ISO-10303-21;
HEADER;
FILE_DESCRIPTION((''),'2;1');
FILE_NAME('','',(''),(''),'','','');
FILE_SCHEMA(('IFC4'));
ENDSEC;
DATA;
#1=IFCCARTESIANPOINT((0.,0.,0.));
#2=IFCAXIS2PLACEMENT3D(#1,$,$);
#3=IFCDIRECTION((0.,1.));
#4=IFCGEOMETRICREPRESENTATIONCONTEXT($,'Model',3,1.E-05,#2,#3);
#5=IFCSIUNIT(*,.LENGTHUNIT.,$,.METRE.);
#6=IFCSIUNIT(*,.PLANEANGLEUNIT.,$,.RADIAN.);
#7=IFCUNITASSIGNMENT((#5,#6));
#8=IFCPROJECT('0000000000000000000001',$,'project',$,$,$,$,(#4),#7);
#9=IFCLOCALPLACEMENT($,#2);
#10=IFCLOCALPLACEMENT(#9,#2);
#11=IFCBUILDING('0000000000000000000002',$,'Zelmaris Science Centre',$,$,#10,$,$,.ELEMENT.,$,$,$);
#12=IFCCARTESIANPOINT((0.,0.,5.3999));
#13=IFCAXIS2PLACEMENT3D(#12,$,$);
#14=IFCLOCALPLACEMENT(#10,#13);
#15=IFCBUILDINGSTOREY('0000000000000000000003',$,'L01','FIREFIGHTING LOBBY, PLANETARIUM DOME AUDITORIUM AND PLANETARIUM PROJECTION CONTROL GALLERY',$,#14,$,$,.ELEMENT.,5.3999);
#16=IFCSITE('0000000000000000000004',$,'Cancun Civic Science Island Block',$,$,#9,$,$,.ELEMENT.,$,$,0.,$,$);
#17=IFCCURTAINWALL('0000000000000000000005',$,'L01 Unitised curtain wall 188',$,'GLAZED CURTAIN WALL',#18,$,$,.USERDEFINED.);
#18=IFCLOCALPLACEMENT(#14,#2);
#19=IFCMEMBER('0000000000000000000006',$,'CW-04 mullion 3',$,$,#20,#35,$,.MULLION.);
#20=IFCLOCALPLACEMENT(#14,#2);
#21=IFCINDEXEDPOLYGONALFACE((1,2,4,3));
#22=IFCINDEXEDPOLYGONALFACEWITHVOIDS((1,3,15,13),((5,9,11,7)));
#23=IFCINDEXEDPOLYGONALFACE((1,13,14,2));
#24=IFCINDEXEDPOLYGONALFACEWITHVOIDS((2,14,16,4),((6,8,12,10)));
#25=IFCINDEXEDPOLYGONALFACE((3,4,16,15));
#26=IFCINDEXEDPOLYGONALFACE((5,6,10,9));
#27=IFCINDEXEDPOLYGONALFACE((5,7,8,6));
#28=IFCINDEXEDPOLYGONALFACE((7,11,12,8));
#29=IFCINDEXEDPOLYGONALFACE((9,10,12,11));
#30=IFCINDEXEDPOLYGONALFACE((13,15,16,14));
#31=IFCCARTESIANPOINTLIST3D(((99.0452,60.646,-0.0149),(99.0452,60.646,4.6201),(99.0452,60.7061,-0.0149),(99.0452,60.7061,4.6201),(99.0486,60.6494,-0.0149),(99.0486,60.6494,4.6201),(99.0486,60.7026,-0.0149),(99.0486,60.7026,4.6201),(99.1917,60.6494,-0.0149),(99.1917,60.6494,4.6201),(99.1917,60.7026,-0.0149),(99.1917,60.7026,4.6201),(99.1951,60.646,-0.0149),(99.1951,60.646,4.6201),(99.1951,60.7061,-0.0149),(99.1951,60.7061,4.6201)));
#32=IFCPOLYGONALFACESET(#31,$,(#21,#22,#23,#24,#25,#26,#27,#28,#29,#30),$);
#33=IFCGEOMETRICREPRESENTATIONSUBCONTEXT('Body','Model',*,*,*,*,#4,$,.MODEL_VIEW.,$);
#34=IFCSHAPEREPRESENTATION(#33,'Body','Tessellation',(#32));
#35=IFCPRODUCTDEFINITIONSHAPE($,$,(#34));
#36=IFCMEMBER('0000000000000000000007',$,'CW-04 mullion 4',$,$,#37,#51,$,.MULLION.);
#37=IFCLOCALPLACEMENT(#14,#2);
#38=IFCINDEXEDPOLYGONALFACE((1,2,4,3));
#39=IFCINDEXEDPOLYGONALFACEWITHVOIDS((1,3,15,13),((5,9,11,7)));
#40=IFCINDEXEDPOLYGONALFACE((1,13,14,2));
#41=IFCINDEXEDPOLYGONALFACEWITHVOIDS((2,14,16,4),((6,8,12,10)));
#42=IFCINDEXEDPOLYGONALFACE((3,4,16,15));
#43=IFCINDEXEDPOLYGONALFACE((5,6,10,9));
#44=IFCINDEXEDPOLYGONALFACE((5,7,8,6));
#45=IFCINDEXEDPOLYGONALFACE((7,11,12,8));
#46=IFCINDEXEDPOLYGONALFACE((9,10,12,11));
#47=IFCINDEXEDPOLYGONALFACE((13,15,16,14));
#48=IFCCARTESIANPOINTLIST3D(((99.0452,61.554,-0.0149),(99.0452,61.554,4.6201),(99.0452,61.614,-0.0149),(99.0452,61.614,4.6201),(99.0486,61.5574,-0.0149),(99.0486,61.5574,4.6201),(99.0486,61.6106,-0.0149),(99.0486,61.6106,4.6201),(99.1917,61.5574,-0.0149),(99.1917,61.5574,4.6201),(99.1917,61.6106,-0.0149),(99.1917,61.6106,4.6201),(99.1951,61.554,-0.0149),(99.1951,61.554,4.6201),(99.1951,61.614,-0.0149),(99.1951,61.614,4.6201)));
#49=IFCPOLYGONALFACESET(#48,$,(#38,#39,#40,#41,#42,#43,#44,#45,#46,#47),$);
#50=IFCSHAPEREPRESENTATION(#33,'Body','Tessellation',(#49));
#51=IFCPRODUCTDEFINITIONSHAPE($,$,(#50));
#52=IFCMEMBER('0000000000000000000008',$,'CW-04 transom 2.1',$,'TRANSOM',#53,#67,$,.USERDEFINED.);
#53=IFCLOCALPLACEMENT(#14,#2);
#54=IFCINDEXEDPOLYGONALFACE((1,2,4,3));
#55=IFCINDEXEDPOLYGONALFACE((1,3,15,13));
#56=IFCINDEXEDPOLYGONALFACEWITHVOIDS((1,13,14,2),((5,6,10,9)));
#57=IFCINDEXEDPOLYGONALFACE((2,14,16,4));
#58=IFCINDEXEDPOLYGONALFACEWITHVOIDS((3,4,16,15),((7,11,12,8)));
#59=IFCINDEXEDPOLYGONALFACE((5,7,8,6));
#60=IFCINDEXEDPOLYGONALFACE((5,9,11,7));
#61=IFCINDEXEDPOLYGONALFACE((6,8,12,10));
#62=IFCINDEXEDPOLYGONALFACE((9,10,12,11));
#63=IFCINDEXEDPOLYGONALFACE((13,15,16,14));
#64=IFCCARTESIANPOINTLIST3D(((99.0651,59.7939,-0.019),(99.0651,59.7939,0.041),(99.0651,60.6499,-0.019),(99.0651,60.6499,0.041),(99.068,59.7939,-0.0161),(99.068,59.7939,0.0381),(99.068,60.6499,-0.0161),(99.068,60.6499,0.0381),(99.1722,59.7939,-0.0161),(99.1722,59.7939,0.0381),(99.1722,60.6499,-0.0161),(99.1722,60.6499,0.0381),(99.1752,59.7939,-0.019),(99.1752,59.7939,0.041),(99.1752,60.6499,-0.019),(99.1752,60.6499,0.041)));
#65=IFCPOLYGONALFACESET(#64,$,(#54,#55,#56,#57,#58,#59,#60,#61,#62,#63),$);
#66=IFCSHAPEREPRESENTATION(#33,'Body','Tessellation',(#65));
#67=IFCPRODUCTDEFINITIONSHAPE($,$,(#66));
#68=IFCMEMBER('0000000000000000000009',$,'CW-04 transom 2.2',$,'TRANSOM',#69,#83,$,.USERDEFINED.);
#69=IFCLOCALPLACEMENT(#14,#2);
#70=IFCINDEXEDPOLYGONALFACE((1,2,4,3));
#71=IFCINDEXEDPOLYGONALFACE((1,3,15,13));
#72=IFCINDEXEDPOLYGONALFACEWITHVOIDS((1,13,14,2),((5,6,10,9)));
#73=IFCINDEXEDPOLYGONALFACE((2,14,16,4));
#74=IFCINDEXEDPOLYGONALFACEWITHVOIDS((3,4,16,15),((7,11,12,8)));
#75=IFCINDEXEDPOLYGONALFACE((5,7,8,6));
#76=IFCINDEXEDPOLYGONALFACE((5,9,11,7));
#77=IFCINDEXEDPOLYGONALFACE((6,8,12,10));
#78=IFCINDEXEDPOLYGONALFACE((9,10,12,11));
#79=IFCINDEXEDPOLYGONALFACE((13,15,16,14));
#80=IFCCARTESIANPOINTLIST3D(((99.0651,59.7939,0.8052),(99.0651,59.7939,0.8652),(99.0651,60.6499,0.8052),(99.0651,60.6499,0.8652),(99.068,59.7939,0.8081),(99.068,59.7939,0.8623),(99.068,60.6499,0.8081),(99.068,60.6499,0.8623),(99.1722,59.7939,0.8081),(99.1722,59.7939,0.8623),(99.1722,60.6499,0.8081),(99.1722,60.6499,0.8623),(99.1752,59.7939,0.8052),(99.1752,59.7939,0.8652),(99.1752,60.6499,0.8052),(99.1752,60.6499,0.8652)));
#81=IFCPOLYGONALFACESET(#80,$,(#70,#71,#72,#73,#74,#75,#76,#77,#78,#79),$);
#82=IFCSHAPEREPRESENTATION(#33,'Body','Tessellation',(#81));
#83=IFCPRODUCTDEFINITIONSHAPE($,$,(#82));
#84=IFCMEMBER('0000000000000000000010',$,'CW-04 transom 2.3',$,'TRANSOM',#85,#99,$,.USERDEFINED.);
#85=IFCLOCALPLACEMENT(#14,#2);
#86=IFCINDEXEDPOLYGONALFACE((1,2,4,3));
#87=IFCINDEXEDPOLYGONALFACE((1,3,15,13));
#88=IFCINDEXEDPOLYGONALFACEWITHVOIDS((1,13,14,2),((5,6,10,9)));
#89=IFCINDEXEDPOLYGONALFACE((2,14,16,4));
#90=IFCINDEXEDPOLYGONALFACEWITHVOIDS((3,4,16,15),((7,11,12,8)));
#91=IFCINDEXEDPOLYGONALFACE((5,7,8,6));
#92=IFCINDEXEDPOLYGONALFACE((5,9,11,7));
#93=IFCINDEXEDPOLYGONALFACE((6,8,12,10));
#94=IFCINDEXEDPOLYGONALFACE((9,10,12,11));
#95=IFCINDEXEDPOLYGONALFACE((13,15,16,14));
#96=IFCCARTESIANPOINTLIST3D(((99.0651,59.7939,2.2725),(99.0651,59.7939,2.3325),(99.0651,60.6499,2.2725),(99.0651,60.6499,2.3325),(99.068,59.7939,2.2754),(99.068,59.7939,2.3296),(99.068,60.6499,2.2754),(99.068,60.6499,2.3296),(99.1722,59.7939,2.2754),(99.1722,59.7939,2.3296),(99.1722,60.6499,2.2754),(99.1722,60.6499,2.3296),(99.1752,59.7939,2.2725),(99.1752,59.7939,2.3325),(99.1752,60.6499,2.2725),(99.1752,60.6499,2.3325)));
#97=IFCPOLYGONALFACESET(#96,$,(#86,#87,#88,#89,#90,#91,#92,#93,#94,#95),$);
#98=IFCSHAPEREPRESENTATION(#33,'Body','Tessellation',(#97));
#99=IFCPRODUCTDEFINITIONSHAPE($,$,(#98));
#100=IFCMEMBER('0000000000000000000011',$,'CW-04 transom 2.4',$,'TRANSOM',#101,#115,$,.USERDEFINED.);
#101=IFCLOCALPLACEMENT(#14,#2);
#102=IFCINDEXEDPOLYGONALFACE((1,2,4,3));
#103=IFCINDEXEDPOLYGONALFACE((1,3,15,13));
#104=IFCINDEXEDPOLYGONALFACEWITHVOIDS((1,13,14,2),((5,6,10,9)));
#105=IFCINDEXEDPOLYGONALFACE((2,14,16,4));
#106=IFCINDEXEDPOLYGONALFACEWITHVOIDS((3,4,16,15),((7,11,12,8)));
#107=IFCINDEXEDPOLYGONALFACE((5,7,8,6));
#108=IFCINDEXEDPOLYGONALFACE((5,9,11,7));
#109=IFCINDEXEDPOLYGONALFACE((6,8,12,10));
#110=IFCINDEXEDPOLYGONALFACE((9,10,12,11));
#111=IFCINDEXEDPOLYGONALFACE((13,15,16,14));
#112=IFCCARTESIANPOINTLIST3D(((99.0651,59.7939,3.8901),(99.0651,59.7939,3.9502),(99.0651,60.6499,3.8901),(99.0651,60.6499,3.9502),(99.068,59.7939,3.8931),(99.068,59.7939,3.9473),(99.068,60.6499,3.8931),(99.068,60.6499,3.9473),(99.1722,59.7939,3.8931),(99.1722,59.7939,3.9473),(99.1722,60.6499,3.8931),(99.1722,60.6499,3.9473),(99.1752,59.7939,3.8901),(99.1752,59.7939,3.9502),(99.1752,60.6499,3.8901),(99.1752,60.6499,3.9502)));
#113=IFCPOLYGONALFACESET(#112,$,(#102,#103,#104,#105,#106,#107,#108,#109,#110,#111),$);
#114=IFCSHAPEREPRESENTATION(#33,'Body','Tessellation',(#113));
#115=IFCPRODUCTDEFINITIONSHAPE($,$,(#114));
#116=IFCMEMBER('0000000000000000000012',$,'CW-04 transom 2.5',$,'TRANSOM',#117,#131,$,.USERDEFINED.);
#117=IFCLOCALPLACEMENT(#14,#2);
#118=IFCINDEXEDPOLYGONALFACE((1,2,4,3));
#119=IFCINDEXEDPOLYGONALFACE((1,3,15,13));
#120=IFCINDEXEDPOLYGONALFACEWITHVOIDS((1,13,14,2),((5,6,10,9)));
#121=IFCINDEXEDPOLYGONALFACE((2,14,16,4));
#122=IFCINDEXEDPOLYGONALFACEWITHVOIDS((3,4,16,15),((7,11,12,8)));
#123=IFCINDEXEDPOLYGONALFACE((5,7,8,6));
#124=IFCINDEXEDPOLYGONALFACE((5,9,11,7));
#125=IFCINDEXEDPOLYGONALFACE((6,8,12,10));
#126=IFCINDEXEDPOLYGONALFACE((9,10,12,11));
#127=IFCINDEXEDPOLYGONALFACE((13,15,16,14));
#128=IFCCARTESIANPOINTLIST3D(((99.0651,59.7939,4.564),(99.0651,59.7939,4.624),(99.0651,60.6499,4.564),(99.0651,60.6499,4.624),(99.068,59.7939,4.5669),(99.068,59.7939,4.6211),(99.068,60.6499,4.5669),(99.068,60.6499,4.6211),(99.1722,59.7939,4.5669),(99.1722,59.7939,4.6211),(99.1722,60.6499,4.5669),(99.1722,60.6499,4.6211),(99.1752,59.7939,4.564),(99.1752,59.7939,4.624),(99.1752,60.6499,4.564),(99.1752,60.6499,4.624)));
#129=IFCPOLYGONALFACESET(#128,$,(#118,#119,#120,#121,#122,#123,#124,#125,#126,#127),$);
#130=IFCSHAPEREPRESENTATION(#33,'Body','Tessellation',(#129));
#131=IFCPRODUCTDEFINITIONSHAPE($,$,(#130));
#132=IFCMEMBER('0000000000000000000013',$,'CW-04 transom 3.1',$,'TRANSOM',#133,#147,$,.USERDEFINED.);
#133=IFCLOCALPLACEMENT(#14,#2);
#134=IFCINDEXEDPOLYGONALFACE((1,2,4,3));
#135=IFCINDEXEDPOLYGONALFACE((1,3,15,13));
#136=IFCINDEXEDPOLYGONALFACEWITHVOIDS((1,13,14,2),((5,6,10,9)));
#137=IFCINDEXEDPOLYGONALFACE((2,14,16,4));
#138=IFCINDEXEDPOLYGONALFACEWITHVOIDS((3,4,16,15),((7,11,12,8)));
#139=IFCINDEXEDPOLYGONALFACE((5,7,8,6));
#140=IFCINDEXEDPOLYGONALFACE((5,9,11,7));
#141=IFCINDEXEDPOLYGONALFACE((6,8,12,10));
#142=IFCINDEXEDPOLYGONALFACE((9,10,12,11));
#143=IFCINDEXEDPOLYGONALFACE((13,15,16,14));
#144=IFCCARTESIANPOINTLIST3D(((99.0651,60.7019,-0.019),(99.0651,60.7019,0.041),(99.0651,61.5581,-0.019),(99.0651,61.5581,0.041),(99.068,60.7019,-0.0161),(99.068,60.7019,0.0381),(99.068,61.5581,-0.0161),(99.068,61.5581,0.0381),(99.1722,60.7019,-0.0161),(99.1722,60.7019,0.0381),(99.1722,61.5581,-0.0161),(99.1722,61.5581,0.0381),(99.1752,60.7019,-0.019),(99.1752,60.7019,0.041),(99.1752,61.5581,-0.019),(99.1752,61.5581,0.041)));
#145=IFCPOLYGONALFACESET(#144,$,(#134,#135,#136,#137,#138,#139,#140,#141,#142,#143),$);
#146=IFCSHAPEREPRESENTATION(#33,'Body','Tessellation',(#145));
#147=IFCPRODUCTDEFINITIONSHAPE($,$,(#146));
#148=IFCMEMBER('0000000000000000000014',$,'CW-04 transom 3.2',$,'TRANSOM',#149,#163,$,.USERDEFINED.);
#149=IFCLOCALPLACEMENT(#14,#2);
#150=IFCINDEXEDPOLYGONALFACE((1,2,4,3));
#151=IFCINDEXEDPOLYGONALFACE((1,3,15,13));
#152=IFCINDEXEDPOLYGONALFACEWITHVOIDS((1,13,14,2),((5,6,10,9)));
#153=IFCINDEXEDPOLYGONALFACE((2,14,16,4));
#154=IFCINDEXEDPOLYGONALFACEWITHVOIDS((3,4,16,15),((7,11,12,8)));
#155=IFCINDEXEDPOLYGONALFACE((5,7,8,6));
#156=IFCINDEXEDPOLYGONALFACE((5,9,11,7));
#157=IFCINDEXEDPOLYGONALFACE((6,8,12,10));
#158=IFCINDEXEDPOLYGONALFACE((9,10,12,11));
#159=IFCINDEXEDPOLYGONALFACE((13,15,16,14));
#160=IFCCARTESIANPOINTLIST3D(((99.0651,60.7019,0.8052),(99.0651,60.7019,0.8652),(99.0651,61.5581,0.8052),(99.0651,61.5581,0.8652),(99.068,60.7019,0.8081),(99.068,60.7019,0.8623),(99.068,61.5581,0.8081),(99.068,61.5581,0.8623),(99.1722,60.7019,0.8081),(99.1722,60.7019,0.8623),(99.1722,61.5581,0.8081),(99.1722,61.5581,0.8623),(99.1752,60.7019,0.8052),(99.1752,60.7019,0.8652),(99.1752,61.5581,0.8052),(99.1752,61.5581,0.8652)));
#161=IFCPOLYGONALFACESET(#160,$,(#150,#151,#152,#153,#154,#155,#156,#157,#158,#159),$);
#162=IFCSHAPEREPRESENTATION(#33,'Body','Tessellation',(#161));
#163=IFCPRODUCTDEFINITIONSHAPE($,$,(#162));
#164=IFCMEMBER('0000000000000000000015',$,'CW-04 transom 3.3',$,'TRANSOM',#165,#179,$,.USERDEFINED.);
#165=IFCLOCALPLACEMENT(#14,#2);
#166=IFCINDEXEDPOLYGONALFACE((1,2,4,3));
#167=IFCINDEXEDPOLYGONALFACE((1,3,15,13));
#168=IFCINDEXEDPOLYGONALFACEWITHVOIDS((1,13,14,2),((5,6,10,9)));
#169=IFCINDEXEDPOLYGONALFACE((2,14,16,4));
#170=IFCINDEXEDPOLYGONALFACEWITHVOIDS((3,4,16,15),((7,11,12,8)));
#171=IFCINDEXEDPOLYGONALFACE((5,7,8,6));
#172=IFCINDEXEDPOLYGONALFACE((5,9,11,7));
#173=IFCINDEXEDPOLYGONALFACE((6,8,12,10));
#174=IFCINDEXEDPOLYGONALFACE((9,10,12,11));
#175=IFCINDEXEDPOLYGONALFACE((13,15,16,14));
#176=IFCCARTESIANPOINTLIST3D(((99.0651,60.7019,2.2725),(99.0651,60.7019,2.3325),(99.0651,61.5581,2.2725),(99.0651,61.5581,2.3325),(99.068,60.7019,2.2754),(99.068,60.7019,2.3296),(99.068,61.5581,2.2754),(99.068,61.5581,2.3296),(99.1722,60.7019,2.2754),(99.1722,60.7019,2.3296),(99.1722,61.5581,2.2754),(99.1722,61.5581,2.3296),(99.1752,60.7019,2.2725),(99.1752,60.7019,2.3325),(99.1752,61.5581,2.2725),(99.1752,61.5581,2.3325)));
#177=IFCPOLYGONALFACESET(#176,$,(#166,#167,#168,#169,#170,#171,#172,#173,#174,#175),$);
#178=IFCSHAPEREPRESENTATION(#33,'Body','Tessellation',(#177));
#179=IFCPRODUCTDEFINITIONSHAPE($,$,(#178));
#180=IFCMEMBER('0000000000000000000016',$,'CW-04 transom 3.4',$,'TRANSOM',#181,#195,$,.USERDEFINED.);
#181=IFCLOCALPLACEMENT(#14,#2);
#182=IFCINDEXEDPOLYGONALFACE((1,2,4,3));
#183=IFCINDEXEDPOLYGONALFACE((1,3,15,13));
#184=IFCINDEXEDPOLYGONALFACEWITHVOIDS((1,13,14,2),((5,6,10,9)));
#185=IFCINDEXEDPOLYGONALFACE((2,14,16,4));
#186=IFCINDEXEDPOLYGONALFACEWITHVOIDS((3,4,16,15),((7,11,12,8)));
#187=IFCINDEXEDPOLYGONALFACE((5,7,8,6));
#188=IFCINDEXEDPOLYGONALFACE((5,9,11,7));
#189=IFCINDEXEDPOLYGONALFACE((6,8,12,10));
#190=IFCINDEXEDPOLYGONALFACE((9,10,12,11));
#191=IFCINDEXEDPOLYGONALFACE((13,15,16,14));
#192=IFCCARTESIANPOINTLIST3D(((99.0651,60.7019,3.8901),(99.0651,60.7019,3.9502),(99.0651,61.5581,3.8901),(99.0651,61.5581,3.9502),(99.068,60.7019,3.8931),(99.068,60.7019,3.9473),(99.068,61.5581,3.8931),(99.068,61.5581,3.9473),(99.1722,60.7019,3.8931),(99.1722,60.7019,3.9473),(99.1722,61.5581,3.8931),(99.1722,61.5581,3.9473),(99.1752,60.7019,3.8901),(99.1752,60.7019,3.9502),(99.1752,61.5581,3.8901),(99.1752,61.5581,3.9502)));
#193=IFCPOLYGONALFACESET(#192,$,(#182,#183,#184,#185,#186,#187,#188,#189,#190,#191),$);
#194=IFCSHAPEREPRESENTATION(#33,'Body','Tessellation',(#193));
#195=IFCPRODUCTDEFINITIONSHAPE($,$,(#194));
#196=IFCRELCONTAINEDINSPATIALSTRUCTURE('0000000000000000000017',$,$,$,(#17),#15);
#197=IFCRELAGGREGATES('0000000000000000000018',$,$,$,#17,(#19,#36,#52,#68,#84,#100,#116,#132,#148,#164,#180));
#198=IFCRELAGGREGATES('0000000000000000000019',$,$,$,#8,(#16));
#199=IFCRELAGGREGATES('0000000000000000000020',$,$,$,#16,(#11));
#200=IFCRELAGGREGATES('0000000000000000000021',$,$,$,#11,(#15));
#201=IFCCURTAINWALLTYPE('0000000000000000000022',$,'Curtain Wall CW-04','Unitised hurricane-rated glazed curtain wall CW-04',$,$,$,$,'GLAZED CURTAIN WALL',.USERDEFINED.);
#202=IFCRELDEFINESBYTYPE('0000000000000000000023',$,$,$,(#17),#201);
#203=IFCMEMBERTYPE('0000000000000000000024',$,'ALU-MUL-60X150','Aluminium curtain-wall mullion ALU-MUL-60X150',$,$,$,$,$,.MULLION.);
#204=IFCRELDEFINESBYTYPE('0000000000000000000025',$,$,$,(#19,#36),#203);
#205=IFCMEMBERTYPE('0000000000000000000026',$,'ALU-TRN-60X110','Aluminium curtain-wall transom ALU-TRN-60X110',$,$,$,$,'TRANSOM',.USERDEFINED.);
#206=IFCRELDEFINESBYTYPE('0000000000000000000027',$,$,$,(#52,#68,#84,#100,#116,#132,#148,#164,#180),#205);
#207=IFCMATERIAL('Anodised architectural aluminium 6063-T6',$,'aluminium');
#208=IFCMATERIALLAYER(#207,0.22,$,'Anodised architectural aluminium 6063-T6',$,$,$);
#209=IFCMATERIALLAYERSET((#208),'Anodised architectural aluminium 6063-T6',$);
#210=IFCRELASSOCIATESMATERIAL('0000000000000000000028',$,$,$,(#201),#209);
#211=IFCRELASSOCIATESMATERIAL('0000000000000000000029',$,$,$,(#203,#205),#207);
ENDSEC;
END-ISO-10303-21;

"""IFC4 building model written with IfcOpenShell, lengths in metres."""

from ifc_helpers import new_model, si_unit, direction, frame, origin, origin_2d, place, context, subcontext, project, spatial, hollow_rectangle, extrude, material, layer, layer_set, material_profile, profile_set, type_object, element, aggregate, save


model = new_model("IFC4")

# Units and contexts
model_context = context("Model", 3, precision=1e-05, world=origin(), true_north=direction((0.0, 1.0)))
body_context = subcontext(model_context, "Body", "Model", "MODEL_VIEW")
ifc_project = project(units=[si_unit("LENGTHUNIT", "METRE"), si_unit("PLANEANGLEUNIT", "RADIAN")], contexts=[model_context])

# Site, building, storey
site_placement = place(None, origin())
site = spatial("IfcSite", under=ifc_project, at=site_placement, Name="Cancun Civic Science Island Block", CompositionType="ELEMENT", RefElevation=0.0)
building_placement = place(site_placement, origin())
building = spatial("IfcBuilding", under=site, at=building_placement, Name="Zelmaris Science Centre", CompositionType="ELEMENT")
storey_placement = place(building_placement, frame((0.0, 0.0, 5.3999)))
storey = spatial("IfcBuildingStorey", under=building, at=storey_placement, Name="L01", Description="FIREFIGHTING LOBBY, PLANETARIUM DOME AUDITORIUM AND PLANETARIUM PROJECTION CONTROL GALLERY", CompositionType="ELEMENT", Elevation=5.3999)

# Curtain wall, members
ifc_material_1 = material(Name="Anodised architectural aluminium 6063-T6", Category="aluminium")
ifc_layer_1 = layer(ifc_material_1, 0.22, Name="Anodised architectural aluminium 6063-T6")
ifc_layer_set_1 = layer_set([ifc_layer_1], Name="Anodised architectural aluminium 6063-T6")
curtain_wall_type = type_object("IfcCurtainWallType", Name="Curtain Wall CW-04", Description="Unitised hurricane-rated glazed curtain wall CW-04", ElementType="GLAZED CURTAIN WALL", PredefinedType="USERDEFINED", material=ifc_layer_set_1)
curtain_wall_placement = place(storey_placement, origin())
curtain_wall = element("IfcCurtainWall", 1, at=curtain_wall_placement, inside=storey, type_object=curtain_wall_type, Name="L01 Unitised curtain wall 188", ObjectType="GLAZED CURTAIN WALL", PredefinedType="USERDEFINED")
ifc_material_profile_1 = material_profile(ifc_material_1, hollow_rectangle(XDim=0.0601, YDim=0.1499, WallThickness=0.0034, at=origin_2d()), Name="ALU-MUL-60X150")
ifc_profile_set_1 = profile_set([ifc_material_profile_1], Name="Anodised architectural aluminium 6063-T6")
member_type_1 = type_object("IfcMemberType", Name="ALU-MUL-60X150", Description="Aluminium curtain-wall mullion ALU-MUL-60X150", PredefinedType="MULLION", material=ifc_profile_set_1)
member_1_placement = place(storey_placement, frame((99.1201, 60.676, -0.0149), z_axis=(0.0, 0.0, 1.0), x_axis=(-0.000005, 1.0, 0.0)))
member_1 = element("IfcMember", 2, at=member_1_placement, type_object=member_type_1, Name="CW-04 mullion 3", PredefinedType="MULLION", context=body_context, shape_type="SweptSolid", body=[
    extrude(hollow_rectangle(XDim=0.0601, YDim=0.1499, WallThickness=0.0034, at=origin_2d()), origin(), (0.0, 0.0, 1.0), 4.635),
])
member_2_placement = place(storey_placement, frame((99.1201, 61.584, -0.0149), z_axis=(0.0, 0.0, 1.0), x_axis=(-0.000005, 1.0, 0.0)))
member_2 = element("IfcMember", 3, at=member_2_placement, type_object=member_type_1, Name="CW-04 mullion 4", PredefinedType="MULLION", context=body_context, shape_type="SweptSolid", body=[
    extrude(hollow_rectangle(XDim=0.0601, YDim=0.1499, WallThickness=0.0034, at=origin_2d()), origin(), (0.0, 0.0, 1.0), 4.635),
])
ifc_material_profile_2 = material_profile(ifc_material_1, hollow_rectangle(XDim=0.0601, YDim=0.1101, WallThickness=0.0029, at=origin_2d()), Name="ALU-TRN-60X110")
ifc_profile_set_2 = profile_set([ifc_material_profile_2], Name="Anodised architectural aluminium 6063-T6")
member_type_2 = type_object("IfcMemberType", Name="ALU-TRN-60X110", Description="Aluminium curtain-wall transom ALU-TRN-60X110", ElementType="TRANSOM", PredefinedType="USERDEFINED", material=ifc_profile_set_2)
member_3_placement = place(storey_placement, frame((99.1201, 59.7939, 0.011), z_axis=(0.0, 1.0, 0.0), x_axis=(0.0, 0.0, 1.0)))
member_3 = element("IfcMember", 4, at=member_3_placement, type_object=member_type_2, Name="CW-04 transom 2.1", ObjectType="TRANSOM", PredefinedType="USERDEFINED", context=body_context, shape_type="SweptSolid", body=[
    extrude(hollow_rectangle(XDim=0.0601, YDim=0.1101, WallThickness=0.0029, at=origin_2d()), origin(), (0.0, 0.0, 1.0), 0.856),
])
member_4_placement = place(storey_placement, frame((99.1201, 59.7939, 0.8352), z_axis=(0.0, 1.0, 0.0), x_axis=(0.0, 0.0, 1.0)))
member_4 = element("IfcMember", 5, at=member_4_placement, type_object=member_type_2, Name="CW-04 transom 2.2", ObjectType="TRANSOM", PredefinedType="USERDEFINED", context=body_context, shape_type="SweptSolid", body=[
    extrude(hollow_rectangle(XDim=0.0601, YDim=0.1101, WallThickness=0.0029, at=origin_2d()), origin(), (0.0, 0.0, 1.0), 0.856),
])
member_5_placement = place(storey_placement, frame((99.1201, 59.7939, 2.3025), z_axis=(0.0, 1.0, 0.0), x_axis=(0.0, 0.0, 1.0)))
member_5 = element("IfcMember", 6, at=member_5_placement, type_object=member_type_2, Name="CW-04 transom 2.3", ObjectType="TRANSOM", PredefinedType="USERDEFINED", context=body_context, shape_type="SweptSolid", body=[
    extrude(hollow_rectangle(XDim=0.0601, YDim=0.1101, WallThickness=0.0029, at=origin_2d()), origin(), (0.0, 0.0, 1.0), 0.856),
])
member_6_placement = place(storey_placement, frame((99.1201, 59.7939, 3.9202), z_axis=(0.0, 1.0, 0.0), x_axis=(0.0, 0.0, 1.0)))
member_6 = element("IfcMember", 7, at=member_6_placement, type_object=member_type_2, Name="CW-04 transom 2.4", ObjectType="TRANSOM", PredefinedType="USERDEFINED", context=body_context, shape_type="SweptSolid", body=[
    extrude(hollow_rectangle(XDim=0.0601, YDim=0.1101, WallThickness=0.0029, at=origin_2d()), origin(), (0.0, 0.0, 1.0), 0.856),
])
member_7_placement = place(storey_placement, frame((99.1201, 59.7939, 4.594), z_axis=(0.0, 1.0, 0.0), x_axis=(0.0, 0.0, 1.0)))
member_7 = element("IfcMember", 8, at=member_7_placement, type_object=member_type_2, Name="CW-04 transom 2.5", ObjectType="TRANSOM", PredefinedType="USERDEFINED", context=body_context, shape_type="SweptSolid", body=[
    extrude(hollow_rectangle(XDim=0.0601, YDim=0.1101, WallThickness=0.0029, at=origin_2d()), origin(), (0.0, 0.0, 1.0), 0.856),
])
member_8_placement = place(storey_placement, frame((99.1201, 60.7019, 0.011), z_axis=(0.0, 1.0, 0.0), x_axis=(0.0, 0.0, 1.0)))
member_8 = element("IfcMember", 9, at=member_8_placement, type_object=member_type_2, Name="CW-04 transom 3.1", ObjectType="TRANSOM", PredefinedType="USERDEFINED", context=body_context, shape_type="SweptSolid", body=[
    extrude(hollow_rectangle(XDim=0.0601, YDim=0.1101, WallThickness=0.0029, at=origin_2d()), origin(), (0.0, 0.0, 1.0), 0.8562),
])
member_9_placement = place(storey_placement, frame((99.1201, 60.7019, 0.8352), z_axis=(0.0, 1.0, 0.0), x_axis=(0.0, 0.0, 1.0)))
member_9 = element("IfcMember", 10, at=member_9_placement, type_object=member_type_2, Name="CW-04 transom 3.2", ObjectType="TRANSOM", PredefinedType="USERDEFINED", context=body_context, shape_type="SweptSolid", body=[
    extrude(hollow_rectangle(XDim=0.0601, YDim=0.1101, WallThickness=0.0029, at=origin_2d()), origin(), (0.0, 0.0, 1.0), 0.8562),
])
member_10_placement = place(storey_placement, frame((99.1201, 60.7019, 2.3025), z_axis=(0.0, 1.0, 0.0), x_axis=(0.0, 0.0, 1.0)))
member_10 = element("IfcMember", 11, at=member_10_placement, type_object=member_type_2, Name="CW-04 transom 3.3", ObjectType="TRANSOM", PredefinedType="USERDEFINED", context=body_context, shape_type="SweptSolid", body=[
    extrude(hollow_rectangle(XDim=0.0601, YDim=0.1101, WallThickness=0.0029, at=origin_2d()), origin(), (0.0, 0.0, 1.0), 0.8562),
])
member_11_placement = place(storey_placement, frame((99.1201, 60.7019, 3.9202), z_axis=(0.0, 1.0, 0.0), x_axis=(0.0, 0.0, 1.0)))
member_11 = element("IfcMember", 12, at=member_11_placement, type_object=member_type_2, Name="CW-04 transom 3.4", ObjectType="TRANSOM", PredefinedType="USERDEFINED", context=body_context, shape_type="SweptSolid", body=[
    extrude(hollow_rectangle(XDim=0.0601, YDim=0.1101, WallThickness=0.0029, at=origin_2d()), origin(), (0.0, 0.0, 1.0), 0.8562),
])
aggregate(curtain_wall, [member_1, member_2, member_3, member_4, member_5, member_6, member_7, member_8, member_9, member_10, member_11])

save(model, "model.ifc")
